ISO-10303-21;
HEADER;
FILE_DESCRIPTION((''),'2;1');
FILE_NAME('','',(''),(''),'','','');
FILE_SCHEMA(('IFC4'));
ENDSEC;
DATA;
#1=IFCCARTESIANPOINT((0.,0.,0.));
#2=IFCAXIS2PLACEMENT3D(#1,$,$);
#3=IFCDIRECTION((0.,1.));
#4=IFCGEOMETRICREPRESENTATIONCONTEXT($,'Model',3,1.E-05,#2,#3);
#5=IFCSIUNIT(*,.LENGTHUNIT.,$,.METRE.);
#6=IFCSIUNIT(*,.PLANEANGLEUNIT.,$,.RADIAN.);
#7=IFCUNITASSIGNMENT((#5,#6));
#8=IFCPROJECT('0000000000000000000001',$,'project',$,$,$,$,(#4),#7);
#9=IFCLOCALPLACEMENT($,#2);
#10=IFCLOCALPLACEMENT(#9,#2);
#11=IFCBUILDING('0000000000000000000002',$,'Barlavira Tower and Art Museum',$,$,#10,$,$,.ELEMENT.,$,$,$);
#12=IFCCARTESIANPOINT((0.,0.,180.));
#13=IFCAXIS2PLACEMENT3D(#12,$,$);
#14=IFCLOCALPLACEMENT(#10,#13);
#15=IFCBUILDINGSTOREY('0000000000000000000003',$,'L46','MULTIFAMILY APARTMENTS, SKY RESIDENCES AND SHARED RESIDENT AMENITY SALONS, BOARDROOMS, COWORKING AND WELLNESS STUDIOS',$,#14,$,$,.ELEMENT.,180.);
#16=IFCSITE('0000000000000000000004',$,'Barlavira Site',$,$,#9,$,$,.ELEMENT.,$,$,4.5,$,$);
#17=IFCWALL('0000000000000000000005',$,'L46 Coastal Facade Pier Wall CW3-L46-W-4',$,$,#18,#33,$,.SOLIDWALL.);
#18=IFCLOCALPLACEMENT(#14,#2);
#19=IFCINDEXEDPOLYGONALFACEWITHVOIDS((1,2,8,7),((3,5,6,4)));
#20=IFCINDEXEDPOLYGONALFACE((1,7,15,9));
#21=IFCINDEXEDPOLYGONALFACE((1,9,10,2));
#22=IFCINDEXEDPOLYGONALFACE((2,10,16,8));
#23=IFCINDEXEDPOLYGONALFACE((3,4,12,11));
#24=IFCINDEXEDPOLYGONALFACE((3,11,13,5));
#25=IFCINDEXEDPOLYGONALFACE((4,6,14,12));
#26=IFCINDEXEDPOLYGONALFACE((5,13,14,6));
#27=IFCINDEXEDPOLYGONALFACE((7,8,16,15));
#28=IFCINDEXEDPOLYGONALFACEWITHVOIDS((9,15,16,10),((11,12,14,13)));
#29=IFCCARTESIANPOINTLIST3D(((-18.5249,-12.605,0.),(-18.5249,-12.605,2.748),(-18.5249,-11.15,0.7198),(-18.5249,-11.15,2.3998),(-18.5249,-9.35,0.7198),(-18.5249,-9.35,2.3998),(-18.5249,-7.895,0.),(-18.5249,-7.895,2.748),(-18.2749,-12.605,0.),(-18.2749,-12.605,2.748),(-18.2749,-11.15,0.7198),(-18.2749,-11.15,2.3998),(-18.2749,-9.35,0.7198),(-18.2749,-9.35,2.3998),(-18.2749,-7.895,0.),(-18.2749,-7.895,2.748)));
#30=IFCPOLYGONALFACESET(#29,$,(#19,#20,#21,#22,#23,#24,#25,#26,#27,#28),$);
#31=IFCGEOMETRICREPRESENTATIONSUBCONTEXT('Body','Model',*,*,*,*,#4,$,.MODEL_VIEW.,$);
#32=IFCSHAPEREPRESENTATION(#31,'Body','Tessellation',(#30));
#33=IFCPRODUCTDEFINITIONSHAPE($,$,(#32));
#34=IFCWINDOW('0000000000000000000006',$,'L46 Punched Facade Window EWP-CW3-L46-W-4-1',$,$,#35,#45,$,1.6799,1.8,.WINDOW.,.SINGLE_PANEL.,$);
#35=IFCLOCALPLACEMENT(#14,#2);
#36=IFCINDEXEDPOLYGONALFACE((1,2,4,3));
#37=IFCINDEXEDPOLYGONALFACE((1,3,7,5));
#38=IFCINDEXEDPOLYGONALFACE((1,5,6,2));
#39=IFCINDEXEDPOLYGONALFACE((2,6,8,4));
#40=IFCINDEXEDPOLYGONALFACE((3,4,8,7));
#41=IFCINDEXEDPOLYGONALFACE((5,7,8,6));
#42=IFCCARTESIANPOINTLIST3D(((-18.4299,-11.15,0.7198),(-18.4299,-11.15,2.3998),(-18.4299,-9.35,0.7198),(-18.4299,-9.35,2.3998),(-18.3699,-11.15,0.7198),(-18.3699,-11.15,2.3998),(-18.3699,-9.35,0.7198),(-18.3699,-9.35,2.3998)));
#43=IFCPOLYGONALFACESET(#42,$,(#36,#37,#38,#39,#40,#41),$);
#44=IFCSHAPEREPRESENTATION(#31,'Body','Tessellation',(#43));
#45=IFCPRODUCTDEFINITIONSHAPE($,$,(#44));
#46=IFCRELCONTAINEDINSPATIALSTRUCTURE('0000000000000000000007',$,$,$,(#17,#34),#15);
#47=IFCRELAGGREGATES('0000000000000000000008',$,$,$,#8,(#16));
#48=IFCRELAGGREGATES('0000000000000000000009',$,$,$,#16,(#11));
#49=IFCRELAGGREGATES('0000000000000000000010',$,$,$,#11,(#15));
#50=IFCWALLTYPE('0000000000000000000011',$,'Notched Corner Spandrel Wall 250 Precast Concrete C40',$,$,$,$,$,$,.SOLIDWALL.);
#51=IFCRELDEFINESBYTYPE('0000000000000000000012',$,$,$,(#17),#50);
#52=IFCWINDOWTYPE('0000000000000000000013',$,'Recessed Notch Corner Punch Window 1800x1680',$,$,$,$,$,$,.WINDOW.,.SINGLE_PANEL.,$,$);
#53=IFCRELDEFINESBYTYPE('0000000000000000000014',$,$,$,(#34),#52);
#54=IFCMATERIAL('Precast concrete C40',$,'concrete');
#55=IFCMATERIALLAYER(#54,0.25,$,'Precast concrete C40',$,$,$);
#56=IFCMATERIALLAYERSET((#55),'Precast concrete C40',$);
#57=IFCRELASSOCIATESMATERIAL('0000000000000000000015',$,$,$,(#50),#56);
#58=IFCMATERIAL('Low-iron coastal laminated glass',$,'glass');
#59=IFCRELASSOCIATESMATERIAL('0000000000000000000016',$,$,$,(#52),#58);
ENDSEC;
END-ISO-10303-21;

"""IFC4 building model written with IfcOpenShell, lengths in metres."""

from ifc_helpers import new_model, si_unit, direction, frame, frame_2d, origin, place, context, subcontext, project, spatial, rectangle, extrude, material, layer, layer_set, type_object, element, fill, save


model = new_model("IFC4")

# Units and contexts
model_context = context("Model", 3, precision=1e-05, world=origin(), true_north=direction((0.0, 1.0)))
body_context = subcontext(model_context, "Body", "Model", "MODEL_VIEW")
ifc_project = project(units=[si_unit("LENGTHUNIT", "METRE"), si_unit("PLANEANGLEUNIT", "RADIAN")], contexts=[model_context])

# Site, building, storey
site_placement = place(None, origin())
site = spatial("IfcSite", under=ifc_project, at=site_placement, Name="Barlavira Site", CompositionType="ELEMENT", RefElevation=4.5)
building_placement = place(site_placement, origin())
building = spatial("IfcBuilding", under=site, at=building_placement, Name="Barlavira Tower and Art Museum", CompositionType="ELEMENT")
storey_placement = place(building_placement, frame((0.0, 0.0, 180.0)))
storey = spatial("IfcBuildingStorey", under=building, at=storey_placement, Name="L46", Description="MULTIFAMILY APARTMENTS, SKY RESIDENCES AND SHARED RESIDENT AMENITY SALONS, BOARDROOMS, COWORKING AND WELLNESS STUDIOS", CompositionType="ELEMENT", Elevation=180.0)

# Shared definitions
ifc_material_1 = material(Name="Low-iron coastal laminated glass", Category="glass")

# Wall, opening, window
ifc_material_2 = material(Name="Precast concrete C40", Category="concrete")
ifc_layer_1 = layer(ifc_material_2, 0.25, Name="Precast concrete C40")
ifc_layer_set_1 = layer_set([ifc_layer_1], Name="Precast concrete C40")
wall_type_1 = type_object("IfcWallType", Name="Notched Corner Spandrel Wall 250 Precast Concrete C40", PredefinedType="SOLIDWALL", material=ifc_layer_set_1)
wall_1_placement = place(storey_placement, frame((-18.3999, -7.895, 0.0), z_axis=(0.0, 0.0, 1.0), x_axis=(0.0, -1.0, 0.0)))
wall_1 = element("IfcWall", 1, at=wall_1_placement, inside=storey, type_object=wall_type_1, Name="L46 Coastal Facade Pier Wall CW3-L46-W-4", PredefinedType="SOLIDWALL", context=body_context, shape_type="SweptSolid", body=[
    extrude(rectangle(XDim=4.71, YDim=0.25, at=frame_2d((2.355, 0.0))), origin(), (0.0, 0.0, 1.0), 2.748),
])
opening_1_placement = place(wall_1_placement, frame((1.4551, 0.0, 0.72)))
opening_1 = element("IfcOpeningElement", 2, at=opening_1_placement, cuts=wall_1, PredefinedType="OPENING", context=body_context, shape_type="SweptSolid", body=[
    extrude(rectangle(XDim=1.8, YDim=1.6799, at=frame_2d((0.8999, 0.8398))), frame((0.0, 0.135, 0.0), z_axis=(0.0, -1.0, 0.0), x_axis=(1.0, 0.0, 0.0)), (0.0, 0.0, 1.0), 0.27),
])
window_type = type_object("IfcWindowType", Name="Recessed Notch Corner Punch Window 1800x1680", PartitioningType="SINGLE_PANEL", PredefinedType="WINDOW", material=ifc_material_1)
window_placement = place(opening_1_placement, origin())
window = element("IfcWindow", 3, at=window_placement, inside=storey, type_object=window_type, Name="L46 Punched Facade Window EWP-CW3-L46-W-4-1", OverallHeight=1.6799, OverallWidth=1.8, PartitioningType="SINGLE_PANEL", PredefinedType="WINDOW", context=body_context, shape_type="SweptSolid", body=[
    extrude(rectangle(XDim=1.8, YDim=1.6799, at=frame_2d((0.8999, 0.8398))), frame((0.0, 0.03, 0.0), z_axis=(0.0, -1.0, 0.0), x_axis=(1.0, 0.0, 0.0)), (0.0, 0.0, 1.0), 0.0601),
])
fill(opening_1, window)

save(model, "model.ifc")
